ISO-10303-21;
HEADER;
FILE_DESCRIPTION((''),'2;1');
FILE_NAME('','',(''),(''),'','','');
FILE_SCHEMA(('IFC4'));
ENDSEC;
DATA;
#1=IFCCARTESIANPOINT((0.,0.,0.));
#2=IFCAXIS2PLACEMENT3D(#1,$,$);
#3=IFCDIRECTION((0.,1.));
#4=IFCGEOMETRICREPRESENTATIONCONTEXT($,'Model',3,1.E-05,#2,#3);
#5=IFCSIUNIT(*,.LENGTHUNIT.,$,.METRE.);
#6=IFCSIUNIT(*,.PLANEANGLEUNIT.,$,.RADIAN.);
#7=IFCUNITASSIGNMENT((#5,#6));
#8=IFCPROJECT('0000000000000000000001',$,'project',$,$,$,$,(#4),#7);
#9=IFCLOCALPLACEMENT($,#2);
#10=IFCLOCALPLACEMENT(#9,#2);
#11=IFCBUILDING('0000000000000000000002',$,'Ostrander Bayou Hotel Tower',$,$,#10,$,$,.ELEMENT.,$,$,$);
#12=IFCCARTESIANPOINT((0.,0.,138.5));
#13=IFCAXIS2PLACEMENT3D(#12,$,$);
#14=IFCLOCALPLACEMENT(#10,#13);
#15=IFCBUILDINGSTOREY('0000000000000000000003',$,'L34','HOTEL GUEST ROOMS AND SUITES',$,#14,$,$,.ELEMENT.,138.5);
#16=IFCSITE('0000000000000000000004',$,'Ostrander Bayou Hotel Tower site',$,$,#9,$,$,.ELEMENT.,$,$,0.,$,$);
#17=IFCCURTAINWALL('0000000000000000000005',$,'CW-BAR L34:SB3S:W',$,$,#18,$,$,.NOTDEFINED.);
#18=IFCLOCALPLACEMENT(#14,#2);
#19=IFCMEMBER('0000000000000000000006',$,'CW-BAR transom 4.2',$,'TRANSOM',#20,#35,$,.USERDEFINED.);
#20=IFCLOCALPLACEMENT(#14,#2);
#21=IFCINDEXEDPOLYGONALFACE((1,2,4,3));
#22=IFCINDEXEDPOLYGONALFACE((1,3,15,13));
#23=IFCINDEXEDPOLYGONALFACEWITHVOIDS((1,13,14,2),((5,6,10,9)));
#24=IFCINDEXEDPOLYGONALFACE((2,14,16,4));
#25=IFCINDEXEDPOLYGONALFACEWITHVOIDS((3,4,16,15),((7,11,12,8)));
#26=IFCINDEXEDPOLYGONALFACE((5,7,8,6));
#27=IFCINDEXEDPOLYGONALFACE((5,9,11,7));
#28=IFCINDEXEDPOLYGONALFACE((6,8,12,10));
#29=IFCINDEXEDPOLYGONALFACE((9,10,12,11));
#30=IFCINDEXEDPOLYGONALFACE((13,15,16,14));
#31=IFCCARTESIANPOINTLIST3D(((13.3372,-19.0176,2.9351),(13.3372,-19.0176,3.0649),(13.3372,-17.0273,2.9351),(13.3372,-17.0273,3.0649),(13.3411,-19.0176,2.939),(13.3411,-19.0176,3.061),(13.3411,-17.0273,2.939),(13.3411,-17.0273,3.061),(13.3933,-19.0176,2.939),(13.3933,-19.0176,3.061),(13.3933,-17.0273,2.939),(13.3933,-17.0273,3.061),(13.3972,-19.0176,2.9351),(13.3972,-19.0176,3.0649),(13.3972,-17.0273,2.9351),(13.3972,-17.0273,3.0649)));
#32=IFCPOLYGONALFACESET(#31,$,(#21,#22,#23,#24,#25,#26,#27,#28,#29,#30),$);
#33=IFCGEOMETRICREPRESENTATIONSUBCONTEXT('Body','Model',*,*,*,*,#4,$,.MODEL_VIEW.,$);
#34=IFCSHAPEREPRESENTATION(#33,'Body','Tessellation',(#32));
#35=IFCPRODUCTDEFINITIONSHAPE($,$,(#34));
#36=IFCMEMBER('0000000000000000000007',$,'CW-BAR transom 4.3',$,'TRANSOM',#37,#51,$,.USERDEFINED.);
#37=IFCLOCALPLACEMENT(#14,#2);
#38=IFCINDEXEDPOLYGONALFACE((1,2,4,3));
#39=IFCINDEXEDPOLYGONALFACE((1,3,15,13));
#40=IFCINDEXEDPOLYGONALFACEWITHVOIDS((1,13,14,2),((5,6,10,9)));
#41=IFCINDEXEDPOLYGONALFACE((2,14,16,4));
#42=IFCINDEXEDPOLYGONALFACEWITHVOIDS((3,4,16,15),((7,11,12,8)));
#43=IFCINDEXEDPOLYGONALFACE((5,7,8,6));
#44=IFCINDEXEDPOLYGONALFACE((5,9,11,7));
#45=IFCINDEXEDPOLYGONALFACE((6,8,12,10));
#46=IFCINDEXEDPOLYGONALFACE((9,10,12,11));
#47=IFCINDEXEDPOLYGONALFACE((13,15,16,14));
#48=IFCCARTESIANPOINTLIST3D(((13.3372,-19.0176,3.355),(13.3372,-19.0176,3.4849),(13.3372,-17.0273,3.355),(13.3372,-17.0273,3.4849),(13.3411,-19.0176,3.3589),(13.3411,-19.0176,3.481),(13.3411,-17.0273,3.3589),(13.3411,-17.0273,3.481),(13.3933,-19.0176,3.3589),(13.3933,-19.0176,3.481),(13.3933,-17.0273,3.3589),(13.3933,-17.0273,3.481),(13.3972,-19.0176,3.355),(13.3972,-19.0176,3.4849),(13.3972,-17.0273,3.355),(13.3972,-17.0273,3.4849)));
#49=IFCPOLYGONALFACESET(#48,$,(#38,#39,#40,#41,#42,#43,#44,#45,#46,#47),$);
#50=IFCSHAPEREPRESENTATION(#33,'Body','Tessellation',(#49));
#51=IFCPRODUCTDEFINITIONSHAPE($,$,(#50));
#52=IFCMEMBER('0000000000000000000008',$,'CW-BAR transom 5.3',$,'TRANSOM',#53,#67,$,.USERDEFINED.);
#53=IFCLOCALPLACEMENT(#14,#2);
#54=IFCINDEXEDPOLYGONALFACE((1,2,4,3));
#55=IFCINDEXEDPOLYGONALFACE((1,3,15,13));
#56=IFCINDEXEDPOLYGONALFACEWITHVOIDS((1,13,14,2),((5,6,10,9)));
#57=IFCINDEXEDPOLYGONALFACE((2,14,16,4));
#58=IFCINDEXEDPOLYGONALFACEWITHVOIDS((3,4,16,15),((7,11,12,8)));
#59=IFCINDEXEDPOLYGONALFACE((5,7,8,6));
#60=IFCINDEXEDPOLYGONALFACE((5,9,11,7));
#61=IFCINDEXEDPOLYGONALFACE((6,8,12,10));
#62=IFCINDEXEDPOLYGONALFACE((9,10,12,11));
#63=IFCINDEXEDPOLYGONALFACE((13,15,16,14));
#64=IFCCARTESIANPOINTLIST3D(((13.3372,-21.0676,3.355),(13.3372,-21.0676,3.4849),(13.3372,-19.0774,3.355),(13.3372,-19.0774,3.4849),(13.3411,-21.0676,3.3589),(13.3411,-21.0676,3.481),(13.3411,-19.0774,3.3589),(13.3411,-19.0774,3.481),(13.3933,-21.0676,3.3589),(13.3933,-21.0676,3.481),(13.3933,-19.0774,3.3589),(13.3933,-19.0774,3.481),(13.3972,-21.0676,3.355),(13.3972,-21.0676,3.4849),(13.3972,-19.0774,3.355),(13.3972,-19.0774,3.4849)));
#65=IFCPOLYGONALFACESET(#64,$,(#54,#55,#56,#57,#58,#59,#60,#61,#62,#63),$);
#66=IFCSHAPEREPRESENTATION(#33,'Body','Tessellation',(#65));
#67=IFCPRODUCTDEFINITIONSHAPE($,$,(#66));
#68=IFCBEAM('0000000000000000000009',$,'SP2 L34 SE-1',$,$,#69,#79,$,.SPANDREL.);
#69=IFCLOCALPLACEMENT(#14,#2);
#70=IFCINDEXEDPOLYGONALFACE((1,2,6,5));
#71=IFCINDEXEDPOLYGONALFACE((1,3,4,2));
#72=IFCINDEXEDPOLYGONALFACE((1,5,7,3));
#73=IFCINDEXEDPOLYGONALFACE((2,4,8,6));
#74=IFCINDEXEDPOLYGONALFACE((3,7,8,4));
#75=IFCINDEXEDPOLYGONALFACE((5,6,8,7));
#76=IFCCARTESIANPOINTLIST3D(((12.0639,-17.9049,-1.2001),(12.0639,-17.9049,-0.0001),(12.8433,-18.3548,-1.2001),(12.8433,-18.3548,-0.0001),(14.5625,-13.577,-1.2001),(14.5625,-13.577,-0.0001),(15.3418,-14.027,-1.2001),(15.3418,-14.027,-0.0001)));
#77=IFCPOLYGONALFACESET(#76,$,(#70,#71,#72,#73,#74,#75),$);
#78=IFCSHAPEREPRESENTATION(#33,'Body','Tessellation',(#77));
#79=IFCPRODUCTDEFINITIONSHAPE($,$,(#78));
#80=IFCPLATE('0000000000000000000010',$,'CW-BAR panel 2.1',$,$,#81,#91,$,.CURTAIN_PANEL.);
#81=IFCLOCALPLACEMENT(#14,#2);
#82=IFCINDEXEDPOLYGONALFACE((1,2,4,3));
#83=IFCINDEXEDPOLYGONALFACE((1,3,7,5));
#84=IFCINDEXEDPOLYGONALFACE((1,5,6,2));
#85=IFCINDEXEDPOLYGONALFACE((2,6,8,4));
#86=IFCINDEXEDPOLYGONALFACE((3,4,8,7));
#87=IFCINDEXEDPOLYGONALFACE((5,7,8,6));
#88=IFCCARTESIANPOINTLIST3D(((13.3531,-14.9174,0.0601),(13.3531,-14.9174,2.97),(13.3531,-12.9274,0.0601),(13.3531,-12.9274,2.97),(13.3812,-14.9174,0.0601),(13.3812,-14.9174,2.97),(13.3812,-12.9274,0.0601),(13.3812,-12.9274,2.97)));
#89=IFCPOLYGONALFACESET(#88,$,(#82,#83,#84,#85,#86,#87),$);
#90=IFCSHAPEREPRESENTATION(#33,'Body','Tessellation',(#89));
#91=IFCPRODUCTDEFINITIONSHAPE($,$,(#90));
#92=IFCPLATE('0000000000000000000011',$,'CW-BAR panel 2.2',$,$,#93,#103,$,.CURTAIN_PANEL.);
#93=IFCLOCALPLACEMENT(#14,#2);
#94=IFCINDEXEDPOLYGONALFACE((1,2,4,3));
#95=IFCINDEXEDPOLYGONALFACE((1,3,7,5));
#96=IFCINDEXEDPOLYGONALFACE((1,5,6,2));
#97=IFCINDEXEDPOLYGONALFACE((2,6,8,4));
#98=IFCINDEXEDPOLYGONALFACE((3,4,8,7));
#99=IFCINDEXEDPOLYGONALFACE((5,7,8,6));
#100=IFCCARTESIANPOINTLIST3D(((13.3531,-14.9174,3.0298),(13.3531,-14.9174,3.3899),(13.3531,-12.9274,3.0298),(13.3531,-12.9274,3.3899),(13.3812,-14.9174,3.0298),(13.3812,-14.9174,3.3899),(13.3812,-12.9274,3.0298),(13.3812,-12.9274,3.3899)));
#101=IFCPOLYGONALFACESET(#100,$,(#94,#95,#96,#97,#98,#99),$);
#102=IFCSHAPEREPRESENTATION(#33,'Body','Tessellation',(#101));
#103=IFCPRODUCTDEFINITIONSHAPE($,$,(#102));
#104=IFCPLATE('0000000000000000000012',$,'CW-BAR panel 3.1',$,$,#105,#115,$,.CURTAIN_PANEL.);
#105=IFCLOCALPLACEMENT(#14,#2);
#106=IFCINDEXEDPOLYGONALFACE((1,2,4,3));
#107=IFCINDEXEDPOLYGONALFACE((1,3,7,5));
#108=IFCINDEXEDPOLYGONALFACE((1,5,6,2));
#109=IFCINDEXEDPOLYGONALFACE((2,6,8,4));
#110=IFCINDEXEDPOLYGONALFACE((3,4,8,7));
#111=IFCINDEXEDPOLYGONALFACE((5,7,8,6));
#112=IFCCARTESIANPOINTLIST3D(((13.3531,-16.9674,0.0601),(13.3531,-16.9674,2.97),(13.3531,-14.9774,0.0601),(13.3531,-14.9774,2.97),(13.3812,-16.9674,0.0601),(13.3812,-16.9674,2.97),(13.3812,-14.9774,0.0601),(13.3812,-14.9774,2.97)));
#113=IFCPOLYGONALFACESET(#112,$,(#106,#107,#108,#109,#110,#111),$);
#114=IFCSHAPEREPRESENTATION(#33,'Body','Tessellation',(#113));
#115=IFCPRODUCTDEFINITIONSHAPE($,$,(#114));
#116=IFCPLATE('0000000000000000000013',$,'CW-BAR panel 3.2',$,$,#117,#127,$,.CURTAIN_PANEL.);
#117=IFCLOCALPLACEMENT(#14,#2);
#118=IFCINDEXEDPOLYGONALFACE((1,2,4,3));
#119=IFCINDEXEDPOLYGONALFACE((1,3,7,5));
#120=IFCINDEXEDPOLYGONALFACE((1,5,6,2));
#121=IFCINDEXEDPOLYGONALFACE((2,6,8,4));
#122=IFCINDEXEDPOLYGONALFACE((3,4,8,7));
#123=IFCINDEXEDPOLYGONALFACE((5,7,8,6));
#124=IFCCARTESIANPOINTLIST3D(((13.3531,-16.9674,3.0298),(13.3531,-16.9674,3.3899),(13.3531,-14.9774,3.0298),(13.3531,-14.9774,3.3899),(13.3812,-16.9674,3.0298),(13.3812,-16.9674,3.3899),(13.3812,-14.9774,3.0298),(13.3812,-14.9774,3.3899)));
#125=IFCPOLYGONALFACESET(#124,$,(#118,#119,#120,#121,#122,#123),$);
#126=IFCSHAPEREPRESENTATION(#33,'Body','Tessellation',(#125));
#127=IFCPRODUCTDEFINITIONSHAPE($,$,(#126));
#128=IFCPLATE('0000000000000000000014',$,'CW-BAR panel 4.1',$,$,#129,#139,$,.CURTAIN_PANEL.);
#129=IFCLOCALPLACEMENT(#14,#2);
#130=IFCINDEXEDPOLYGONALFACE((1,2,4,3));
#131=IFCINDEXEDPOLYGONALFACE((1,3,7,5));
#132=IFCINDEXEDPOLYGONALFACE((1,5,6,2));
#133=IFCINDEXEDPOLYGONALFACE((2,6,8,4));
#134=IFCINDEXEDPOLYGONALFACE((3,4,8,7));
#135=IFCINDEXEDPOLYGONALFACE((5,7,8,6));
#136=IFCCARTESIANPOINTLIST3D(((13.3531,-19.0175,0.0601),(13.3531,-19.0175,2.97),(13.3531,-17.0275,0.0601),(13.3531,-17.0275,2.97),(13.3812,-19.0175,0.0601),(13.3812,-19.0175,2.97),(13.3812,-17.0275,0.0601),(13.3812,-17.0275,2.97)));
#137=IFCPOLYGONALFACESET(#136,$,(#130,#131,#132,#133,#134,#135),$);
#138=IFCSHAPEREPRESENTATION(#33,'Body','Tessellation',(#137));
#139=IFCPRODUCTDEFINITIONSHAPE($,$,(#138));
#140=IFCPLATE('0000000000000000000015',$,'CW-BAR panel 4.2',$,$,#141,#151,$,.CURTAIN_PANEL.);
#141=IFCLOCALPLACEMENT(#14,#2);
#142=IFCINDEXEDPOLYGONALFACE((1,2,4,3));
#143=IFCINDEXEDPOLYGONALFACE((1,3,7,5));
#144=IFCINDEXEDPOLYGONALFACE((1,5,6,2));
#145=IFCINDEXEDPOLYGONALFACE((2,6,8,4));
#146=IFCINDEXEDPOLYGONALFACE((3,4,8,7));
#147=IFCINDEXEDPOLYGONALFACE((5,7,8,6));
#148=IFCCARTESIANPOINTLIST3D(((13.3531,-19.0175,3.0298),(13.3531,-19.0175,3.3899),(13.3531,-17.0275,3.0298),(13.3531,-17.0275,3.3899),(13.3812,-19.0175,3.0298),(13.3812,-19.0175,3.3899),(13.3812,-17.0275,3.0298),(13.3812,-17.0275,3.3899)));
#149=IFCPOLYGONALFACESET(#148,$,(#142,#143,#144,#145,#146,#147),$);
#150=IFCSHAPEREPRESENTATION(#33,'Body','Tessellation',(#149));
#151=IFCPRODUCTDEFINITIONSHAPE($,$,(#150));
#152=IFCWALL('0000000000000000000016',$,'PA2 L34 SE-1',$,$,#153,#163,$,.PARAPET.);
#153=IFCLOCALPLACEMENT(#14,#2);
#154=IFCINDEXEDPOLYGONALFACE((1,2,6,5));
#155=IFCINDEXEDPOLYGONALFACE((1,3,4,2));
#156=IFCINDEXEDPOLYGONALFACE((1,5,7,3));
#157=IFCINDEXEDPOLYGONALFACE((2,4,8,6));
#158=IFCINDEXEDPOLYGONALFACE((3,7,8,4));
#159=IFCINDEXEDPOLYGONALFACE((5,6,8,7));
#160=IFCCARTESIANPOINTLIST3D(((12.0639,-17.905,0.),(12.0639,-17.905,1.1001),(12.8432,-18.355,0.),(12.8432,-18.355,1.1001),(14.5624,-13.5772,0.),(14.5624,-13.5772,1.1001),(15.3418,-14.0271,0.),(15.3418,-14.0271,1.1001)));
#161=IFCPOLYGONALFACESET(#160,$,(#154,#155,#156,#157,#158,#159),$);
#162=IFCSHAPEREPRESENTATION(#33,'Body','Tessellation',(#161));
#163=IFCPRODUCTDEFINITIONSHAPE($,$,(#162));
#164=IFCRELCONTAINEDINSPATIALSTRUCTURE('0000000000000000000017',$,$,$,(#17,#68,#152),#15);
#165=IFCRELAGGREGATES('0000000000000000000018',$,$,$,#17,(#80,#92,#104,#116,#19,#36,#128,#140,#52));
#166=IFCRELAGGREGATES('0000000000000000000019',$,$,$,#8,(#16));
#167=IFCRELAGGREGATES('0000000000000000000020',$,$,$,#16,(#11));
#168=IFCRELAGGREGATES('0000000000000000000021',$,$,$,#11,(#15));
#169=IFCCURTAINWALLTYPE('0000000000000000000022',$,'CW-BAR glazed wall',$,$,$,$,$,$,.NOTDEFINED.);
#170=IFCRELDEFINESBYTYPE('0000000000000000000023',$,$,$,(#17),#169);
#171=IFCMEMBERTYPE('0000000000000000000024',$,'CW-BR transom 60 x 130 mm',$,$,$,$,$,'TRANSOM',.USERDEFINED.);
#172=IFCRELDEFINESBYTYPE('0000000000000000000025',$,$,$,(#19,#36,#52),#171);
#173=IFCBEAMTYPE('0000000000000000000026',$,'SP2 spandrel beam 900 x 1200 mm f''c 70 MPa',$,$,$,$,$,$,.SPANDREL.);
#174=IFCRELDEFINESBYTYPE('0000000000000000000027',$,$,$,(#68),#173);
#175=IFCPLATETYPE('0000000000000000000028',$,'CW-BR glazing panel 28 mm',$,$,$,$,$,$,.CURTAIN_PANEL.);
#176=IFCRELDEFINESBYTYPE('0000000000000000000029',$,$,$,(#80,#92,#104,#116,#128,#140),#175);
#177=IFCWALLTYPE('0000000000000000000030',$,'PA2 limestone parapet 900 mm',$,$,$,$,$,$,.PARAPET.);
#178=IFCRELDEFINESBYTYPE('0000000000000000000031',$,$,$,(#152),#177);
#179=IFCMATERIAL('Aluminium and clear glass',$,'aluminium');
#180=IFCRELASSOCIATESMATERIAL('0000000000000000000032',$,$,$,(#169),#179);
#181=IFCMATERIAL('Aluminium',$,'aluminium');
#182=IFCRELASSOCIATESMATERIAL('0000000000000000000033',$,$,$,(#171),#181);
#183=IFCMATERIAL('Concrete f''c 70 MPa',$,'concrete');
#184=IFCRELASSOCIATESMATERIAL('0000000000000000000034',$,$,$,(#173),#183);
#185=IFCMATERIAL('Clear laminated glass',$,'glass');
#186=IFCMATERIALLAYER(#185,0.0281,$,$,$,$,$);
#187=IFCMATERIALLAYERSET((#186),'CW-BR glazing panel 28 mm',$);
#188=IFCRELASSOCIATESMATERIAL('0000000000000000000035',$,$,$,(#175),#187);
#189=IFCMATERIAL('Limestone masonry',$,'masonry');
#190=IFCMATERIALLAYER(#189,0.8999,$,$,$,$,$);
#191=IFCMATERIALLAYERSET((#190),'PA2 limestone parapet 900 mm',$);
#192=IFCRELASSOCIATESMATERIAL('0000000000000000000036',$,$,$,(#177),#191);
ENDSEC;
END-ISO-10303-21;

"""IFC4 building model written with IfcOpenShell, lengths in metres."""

from ifc_helpers import new_model, si_unit, direction, frame, frame_2d, origin, origin_2d, place, context, subcontext, project, spatial, rectangle, hollow_rectangle, extrude, material, layer, layer_set, material_profile, profile_set, type_object, element, aggregate, save


model = new_model("IFC4")

# Units and contexts
model_context = context("Model", 3, precision=1e-05, world=origin(), true_north=direction((0.0, 1.0)))
body_context = subcontext(model_context, "Body", "Model", "MODEL_VIEW")
ifc_project = project(units=[si_unit("LENGTHUNIT", "METRE"), si_unit("PLANEANGLEUNIT", "RADIAN")], contexts=[model_context])

# Site, building, storey
site_placement = place(None, origin())
site = spatial("IfcSite", under=ifc_project, at=site_placement, Name="Ostrander Bayou Hotel Tower site", CompositionType="ELEMENT", RefElevation=0.0)
building_placement = place(site_placement, origin())
building = spatial("IfcBuilding", under=site, at=building_placement, Name="Ostrander Bayou Hotel Tower", CompositionType="ELEMENT")
storey_placement = place(building_placement, frame((0.0, 0.0, 138.5)))
storey = spatial("IfcBuildingStorey", under=building, at=storey_placement, Name="L34", Description="HOTEL GUEST ROOMS AND SUITES", CompositionType="ELEMENT", Elevation=138.5)

# Curtain wall, members
ifc_material_1 = material(Name="Aluminium and clear glass", Category="aluminium")
curtain_wall_type = type_object("IfcCurtainWallType", Name="CW-BAR glazed wall", PredefinedType="NOTDEFINED", material=ifc_material_1)
curtain_wall_placement = place(storey_placement, origin())
curtain_wall = element("IfcCurtainWall", 1, at=curtain_wall_placement, inside=storey, type_object=curtain_wall_type, Name="CW-BAR L34:SB3S:W", PredefinedType="NOTDEFINED")
ifc_material_2 = material(Name="Aluminium", Category="aluminium")
ifc_material_profile_1 = material_profile(ifc_material_2, hollow_rectangle(XDim=0.0601, YDim=0.1299, WallThickness=0.0039, at=origin_2d()))
ifc_profile_set_1 = profile_set([ifc_material_profile_1], Name="Aluminium")
member_type_1 = type_object("IfcMemberType", Name="CW-BR transom 60 x 130 mm", ElementType="TRANSOM", PredefinedType="USERDEFINED", material=ifc_profile_set_1)
member_1_placement = place(storey_placement, frame((13.3672, -17.0273, 3.0), z_axis=(0.0, -1.0, 0.0), x_axis=(1.0, 0.0, 0.0)))
member_1 = element("IfcMember", 2, at=member_1_placement, type_object=member_type_1, Name="CW-BAR transom 4.2", ObjectType="TRANSOM", PredefinedType="USERDEFINED", context=body_context, shape_type="SweptSolid", body=[
    extrude(hollow_rectangle(XDim=0.0601, YDim=0.1299, WallThickness=0.0039, at=origin_2d()), origin(), (0.0, 0.0, 1.0), 1.9902),
])
member_2_placement = place(storey_placement, frame((13.3672, -17.0273, 3.4199), z_axis=(0.0, -1.0, 0.0), x_axis=(1.0, 0.0, 0.0)))
member_2 = element("IfcMember", 3, at=member_2_placement, type_object=member_type_1, Name="CW-BAR transom 4.3", ObjectType="TRANSOM", PredefinedType="USERDEFINED", context=body_context, shape_type="SweptSolid", body=[
    extrude(hollow_rectangle(XDim=0.0601, YDim=0.1299, WallThickness=0.0039, at=origin_2d()), origin(), (0.0, 0.0, 1.0), 1.9902),
])
member_3_placement = place(storey_placement, frame((13.3672, -19.0774, 3.4199), z_axis=(0.0, -1.0, 0.0), x_axis=(1.0, 0.0, 0.0)))
member_3 = element("IfcMember", 4, at=member_3_placement, type_object=member_type_1, Name="CW-BAR transom 5.3", ObjectType="TRANSOM", PredefinedType="USERDEFINED", context=body_context, shape_type="SweptSolid", body=[
    extrude(hollow_rectangle(XDim=0.0601, YDim=0.1299, WallThickness=0.0039, at=origin_2d()), origin(), (0.0, 0.0, 1.0), 1.9902),
])

# Beam
ifc_material_3 = material(Name="Concrete f'c 70 MPa", Category="concrete")
ifc_material_profile_2 = material_profile(ifc_material_3, rectangle(XDim=0.8999, YDim=1.2, at=origin_2d()))
ifc_profile_set_2 = profile_set([ifc_material_profile_2], Name="Concrete f'c 70 MPa")
beam_type = type_object("IfcBeamType", Name="SP2 spandrel beam 900 x 1200 mm f'c 70 MPa", PredefinedType="SPANDREL", material=ifc_profile_set_2)
beam_placement = place(storey_placement, frame((12.4536, -18.1299, -0.6001), z_axis=(0.499975, 0.86604, 0.0), x_axis=(-0.86604, 0.499975, 0.0)))
element("IfcBeam", 5, at=beam_placement, inside=storey, type_object=beam_type, Name="SP2 L34 SE-1", PredefinedType="SPANDREL", context=body_context, shape_type="SweptSolid", body=[
    extrude(rectangle(XDim=0.8999, YDim=1.2, at=origin_2d()), origin(), (0.0, 0.0, 1.0), 4.9973),
])

# Plates
ifc_material_4 = material(Name="Clear laminated glass", Category="glass")
ifc_layer_1 = layer(ifc_material_4, 0.0281)
ifc_layer_set_1 = layer_set([ifc_layer_1], Name="CW-BR glazing panel 28 mm")
plate_type = type_object("IfcPlateType", Name="CW-BR glazing panel 28 mm", PredefinedType="CURTAIN_PANEL", material=ifc_layer_set_1)
plate_1_placement = place(storey_placement, frame((13.3672, -13.9224, 0.0601), z_axis=(0.0, 0.0, 1.0), x_axis=(0.0, -1.0, 0.0)))
plate_1 = element("IfcPlate", 6, at=plate_1_placement, type_object=plate_type, Name="CW-BAR panel 2.1", PredefinedType="CURTAIN_PANEL", context=body_context, shape_type="SweptSolid", body=[
    extrude(rectangle(XDim=1.99, YDim=0.0281, at=origin_2d()), origin(), (0.0, 0.0, 1.0), 2.9099),
])
plate_2_placement = place(storey_placement, frame((13.3672, -13.9224, 3.0298), z_axis=(0.0, 0.0, 1.0), x_axis=(0.0, -1.0, 0.0)))
plate_2 = element("IfcPlate", 7, at=plate_2_placement, type_object=plate_type, Name="CW-BAR panel 2.2", PredefinedType="CURTAIN_PANEL", context=body_context, shape_type="SweptSolid", body=[
    extrude(rectangle(XDim=1.99, YDim=0.0281, at=origin_2d()), origin(), (0.0, 0.0, 1.0), 0.3601),
])
plate_3_placement = place(storey_placement, frame((13.3672, -15.9724, 0.0601), z_axis=(0.0, 0.0, 1.0), x_axis=(0.0, -1.0, 0.0)))
plate_3 = element("IfcPlate", 8, at=plate_3_placement, type_object=plate_type, Name="CW-BAR panel 3.1", PredefinedType="CURTAIN_PANEL", context=body_context, shape_type="SweptSolid", body=[
    extrude(rectangle(XDim=1.99, YDim=0.0281, at=origin_2d()), origin(), (0.0, 0.0, 1.0), 2.9099),
])
plate_4_placement = place(storey_placement, frame((13.3672, -15.9724, 3.0298), z_axis=(0.0, 0.0, 1.0), x_axis=(0.0, -1.0, 0.0)))
plate_4 = element("IfcPlate", 9, at=plate_4_placement, type_object=plate_type, Name="CW-BAR panel 3.2", PredefinedType="CURTAIN_PANEL", context=body_context, shape_type="SweptSolid", body=[
    extrude(rectangle(XDim=1.99, YDim=0.0281, at=origin_2d()), origin(), (0.0, 0.0, 1.0), 0.3601),
])
plate_5_placement = place(storey_placement, frame((13.3672, -18.0225, 0.0601), z_axis=(0.0, 0.0, 1.0), x_axis=(0.0, -1.0, 0.0)))
plate_5 = element("IfcPlate", 10, at=plate_5_placement, type_object=plate_type, Name="CW-BAR panel 4.1", PredefinedType="CURTAIN_PANEL", context=body_context, shape_type="SweptSolid", body=[
    extrude(rectangle(XDim=1.99, YDim=0.0281, at=origin_2d()), origin(), (0.0, 0.0, 1.0), 2.9099),
])
plate_6_placement = place(storey_placement, frame((13.3672, -18.0225, 3.0298), z_axis=(0.0, 0.0, 1.0), x_axis=(0.0, -1.0, 0.0)))
plate_6 = element("IfcPlate", 11, at=plate_6_placement, type_object=plate_type, Name="CW-BAR panel 4.2", PredefinedType="CURTAIN_PANEL", context=body_context, shape_type="SweptSolid", body=[
    extrude(rectangle(XDim=1.99, YDim=0.0281, at=origin_2d()), origin(), (0.0, 0.0, 1.0), 0.3601),
])
aggregate(curtain_wall, [plate_1, plate_2, plate_3, plate_4, member_1, member_2, plate_5, plate_6, member_3])

# Wall
ifc_material_5 = material(Name="Limestone masonry", Category="masonry")
ifc_layer_2 = layer(ifc_material_5, 0.8999)
ifc_layer_set_2 = layer_set([ifc_layer_2], Name="PA2 limestone parapet 900 mm")
wall_type = type_object("IfcWallType", Name="PA2 limestone parapet 900 mm", PredefinedType="PARAPET", material=ifc_layer_set_2)
wall_placement = place(storey_placement, frame((12.4536, -18.1299, 0.0), z_axis=(0.0, 0.0, 1.0), x_axis=(0.499975, 0.86604, 0.0)))
element("IfcWall", 12, at=wall_placement, inside=storey, type_object=wall_type, Name="PA2 L34 SE-1", PredefinedType="PARAPET", context=body_context, shape_type="SweptSolid", body=[
    extrude(rectangle(XDim=4.9973, YDim=0.8999, at=frame_2d((2.4985, 0.0))), origin(), (0.0, 0.0, 1.0), 1.1001),
])

save(model, "model.ifc")
